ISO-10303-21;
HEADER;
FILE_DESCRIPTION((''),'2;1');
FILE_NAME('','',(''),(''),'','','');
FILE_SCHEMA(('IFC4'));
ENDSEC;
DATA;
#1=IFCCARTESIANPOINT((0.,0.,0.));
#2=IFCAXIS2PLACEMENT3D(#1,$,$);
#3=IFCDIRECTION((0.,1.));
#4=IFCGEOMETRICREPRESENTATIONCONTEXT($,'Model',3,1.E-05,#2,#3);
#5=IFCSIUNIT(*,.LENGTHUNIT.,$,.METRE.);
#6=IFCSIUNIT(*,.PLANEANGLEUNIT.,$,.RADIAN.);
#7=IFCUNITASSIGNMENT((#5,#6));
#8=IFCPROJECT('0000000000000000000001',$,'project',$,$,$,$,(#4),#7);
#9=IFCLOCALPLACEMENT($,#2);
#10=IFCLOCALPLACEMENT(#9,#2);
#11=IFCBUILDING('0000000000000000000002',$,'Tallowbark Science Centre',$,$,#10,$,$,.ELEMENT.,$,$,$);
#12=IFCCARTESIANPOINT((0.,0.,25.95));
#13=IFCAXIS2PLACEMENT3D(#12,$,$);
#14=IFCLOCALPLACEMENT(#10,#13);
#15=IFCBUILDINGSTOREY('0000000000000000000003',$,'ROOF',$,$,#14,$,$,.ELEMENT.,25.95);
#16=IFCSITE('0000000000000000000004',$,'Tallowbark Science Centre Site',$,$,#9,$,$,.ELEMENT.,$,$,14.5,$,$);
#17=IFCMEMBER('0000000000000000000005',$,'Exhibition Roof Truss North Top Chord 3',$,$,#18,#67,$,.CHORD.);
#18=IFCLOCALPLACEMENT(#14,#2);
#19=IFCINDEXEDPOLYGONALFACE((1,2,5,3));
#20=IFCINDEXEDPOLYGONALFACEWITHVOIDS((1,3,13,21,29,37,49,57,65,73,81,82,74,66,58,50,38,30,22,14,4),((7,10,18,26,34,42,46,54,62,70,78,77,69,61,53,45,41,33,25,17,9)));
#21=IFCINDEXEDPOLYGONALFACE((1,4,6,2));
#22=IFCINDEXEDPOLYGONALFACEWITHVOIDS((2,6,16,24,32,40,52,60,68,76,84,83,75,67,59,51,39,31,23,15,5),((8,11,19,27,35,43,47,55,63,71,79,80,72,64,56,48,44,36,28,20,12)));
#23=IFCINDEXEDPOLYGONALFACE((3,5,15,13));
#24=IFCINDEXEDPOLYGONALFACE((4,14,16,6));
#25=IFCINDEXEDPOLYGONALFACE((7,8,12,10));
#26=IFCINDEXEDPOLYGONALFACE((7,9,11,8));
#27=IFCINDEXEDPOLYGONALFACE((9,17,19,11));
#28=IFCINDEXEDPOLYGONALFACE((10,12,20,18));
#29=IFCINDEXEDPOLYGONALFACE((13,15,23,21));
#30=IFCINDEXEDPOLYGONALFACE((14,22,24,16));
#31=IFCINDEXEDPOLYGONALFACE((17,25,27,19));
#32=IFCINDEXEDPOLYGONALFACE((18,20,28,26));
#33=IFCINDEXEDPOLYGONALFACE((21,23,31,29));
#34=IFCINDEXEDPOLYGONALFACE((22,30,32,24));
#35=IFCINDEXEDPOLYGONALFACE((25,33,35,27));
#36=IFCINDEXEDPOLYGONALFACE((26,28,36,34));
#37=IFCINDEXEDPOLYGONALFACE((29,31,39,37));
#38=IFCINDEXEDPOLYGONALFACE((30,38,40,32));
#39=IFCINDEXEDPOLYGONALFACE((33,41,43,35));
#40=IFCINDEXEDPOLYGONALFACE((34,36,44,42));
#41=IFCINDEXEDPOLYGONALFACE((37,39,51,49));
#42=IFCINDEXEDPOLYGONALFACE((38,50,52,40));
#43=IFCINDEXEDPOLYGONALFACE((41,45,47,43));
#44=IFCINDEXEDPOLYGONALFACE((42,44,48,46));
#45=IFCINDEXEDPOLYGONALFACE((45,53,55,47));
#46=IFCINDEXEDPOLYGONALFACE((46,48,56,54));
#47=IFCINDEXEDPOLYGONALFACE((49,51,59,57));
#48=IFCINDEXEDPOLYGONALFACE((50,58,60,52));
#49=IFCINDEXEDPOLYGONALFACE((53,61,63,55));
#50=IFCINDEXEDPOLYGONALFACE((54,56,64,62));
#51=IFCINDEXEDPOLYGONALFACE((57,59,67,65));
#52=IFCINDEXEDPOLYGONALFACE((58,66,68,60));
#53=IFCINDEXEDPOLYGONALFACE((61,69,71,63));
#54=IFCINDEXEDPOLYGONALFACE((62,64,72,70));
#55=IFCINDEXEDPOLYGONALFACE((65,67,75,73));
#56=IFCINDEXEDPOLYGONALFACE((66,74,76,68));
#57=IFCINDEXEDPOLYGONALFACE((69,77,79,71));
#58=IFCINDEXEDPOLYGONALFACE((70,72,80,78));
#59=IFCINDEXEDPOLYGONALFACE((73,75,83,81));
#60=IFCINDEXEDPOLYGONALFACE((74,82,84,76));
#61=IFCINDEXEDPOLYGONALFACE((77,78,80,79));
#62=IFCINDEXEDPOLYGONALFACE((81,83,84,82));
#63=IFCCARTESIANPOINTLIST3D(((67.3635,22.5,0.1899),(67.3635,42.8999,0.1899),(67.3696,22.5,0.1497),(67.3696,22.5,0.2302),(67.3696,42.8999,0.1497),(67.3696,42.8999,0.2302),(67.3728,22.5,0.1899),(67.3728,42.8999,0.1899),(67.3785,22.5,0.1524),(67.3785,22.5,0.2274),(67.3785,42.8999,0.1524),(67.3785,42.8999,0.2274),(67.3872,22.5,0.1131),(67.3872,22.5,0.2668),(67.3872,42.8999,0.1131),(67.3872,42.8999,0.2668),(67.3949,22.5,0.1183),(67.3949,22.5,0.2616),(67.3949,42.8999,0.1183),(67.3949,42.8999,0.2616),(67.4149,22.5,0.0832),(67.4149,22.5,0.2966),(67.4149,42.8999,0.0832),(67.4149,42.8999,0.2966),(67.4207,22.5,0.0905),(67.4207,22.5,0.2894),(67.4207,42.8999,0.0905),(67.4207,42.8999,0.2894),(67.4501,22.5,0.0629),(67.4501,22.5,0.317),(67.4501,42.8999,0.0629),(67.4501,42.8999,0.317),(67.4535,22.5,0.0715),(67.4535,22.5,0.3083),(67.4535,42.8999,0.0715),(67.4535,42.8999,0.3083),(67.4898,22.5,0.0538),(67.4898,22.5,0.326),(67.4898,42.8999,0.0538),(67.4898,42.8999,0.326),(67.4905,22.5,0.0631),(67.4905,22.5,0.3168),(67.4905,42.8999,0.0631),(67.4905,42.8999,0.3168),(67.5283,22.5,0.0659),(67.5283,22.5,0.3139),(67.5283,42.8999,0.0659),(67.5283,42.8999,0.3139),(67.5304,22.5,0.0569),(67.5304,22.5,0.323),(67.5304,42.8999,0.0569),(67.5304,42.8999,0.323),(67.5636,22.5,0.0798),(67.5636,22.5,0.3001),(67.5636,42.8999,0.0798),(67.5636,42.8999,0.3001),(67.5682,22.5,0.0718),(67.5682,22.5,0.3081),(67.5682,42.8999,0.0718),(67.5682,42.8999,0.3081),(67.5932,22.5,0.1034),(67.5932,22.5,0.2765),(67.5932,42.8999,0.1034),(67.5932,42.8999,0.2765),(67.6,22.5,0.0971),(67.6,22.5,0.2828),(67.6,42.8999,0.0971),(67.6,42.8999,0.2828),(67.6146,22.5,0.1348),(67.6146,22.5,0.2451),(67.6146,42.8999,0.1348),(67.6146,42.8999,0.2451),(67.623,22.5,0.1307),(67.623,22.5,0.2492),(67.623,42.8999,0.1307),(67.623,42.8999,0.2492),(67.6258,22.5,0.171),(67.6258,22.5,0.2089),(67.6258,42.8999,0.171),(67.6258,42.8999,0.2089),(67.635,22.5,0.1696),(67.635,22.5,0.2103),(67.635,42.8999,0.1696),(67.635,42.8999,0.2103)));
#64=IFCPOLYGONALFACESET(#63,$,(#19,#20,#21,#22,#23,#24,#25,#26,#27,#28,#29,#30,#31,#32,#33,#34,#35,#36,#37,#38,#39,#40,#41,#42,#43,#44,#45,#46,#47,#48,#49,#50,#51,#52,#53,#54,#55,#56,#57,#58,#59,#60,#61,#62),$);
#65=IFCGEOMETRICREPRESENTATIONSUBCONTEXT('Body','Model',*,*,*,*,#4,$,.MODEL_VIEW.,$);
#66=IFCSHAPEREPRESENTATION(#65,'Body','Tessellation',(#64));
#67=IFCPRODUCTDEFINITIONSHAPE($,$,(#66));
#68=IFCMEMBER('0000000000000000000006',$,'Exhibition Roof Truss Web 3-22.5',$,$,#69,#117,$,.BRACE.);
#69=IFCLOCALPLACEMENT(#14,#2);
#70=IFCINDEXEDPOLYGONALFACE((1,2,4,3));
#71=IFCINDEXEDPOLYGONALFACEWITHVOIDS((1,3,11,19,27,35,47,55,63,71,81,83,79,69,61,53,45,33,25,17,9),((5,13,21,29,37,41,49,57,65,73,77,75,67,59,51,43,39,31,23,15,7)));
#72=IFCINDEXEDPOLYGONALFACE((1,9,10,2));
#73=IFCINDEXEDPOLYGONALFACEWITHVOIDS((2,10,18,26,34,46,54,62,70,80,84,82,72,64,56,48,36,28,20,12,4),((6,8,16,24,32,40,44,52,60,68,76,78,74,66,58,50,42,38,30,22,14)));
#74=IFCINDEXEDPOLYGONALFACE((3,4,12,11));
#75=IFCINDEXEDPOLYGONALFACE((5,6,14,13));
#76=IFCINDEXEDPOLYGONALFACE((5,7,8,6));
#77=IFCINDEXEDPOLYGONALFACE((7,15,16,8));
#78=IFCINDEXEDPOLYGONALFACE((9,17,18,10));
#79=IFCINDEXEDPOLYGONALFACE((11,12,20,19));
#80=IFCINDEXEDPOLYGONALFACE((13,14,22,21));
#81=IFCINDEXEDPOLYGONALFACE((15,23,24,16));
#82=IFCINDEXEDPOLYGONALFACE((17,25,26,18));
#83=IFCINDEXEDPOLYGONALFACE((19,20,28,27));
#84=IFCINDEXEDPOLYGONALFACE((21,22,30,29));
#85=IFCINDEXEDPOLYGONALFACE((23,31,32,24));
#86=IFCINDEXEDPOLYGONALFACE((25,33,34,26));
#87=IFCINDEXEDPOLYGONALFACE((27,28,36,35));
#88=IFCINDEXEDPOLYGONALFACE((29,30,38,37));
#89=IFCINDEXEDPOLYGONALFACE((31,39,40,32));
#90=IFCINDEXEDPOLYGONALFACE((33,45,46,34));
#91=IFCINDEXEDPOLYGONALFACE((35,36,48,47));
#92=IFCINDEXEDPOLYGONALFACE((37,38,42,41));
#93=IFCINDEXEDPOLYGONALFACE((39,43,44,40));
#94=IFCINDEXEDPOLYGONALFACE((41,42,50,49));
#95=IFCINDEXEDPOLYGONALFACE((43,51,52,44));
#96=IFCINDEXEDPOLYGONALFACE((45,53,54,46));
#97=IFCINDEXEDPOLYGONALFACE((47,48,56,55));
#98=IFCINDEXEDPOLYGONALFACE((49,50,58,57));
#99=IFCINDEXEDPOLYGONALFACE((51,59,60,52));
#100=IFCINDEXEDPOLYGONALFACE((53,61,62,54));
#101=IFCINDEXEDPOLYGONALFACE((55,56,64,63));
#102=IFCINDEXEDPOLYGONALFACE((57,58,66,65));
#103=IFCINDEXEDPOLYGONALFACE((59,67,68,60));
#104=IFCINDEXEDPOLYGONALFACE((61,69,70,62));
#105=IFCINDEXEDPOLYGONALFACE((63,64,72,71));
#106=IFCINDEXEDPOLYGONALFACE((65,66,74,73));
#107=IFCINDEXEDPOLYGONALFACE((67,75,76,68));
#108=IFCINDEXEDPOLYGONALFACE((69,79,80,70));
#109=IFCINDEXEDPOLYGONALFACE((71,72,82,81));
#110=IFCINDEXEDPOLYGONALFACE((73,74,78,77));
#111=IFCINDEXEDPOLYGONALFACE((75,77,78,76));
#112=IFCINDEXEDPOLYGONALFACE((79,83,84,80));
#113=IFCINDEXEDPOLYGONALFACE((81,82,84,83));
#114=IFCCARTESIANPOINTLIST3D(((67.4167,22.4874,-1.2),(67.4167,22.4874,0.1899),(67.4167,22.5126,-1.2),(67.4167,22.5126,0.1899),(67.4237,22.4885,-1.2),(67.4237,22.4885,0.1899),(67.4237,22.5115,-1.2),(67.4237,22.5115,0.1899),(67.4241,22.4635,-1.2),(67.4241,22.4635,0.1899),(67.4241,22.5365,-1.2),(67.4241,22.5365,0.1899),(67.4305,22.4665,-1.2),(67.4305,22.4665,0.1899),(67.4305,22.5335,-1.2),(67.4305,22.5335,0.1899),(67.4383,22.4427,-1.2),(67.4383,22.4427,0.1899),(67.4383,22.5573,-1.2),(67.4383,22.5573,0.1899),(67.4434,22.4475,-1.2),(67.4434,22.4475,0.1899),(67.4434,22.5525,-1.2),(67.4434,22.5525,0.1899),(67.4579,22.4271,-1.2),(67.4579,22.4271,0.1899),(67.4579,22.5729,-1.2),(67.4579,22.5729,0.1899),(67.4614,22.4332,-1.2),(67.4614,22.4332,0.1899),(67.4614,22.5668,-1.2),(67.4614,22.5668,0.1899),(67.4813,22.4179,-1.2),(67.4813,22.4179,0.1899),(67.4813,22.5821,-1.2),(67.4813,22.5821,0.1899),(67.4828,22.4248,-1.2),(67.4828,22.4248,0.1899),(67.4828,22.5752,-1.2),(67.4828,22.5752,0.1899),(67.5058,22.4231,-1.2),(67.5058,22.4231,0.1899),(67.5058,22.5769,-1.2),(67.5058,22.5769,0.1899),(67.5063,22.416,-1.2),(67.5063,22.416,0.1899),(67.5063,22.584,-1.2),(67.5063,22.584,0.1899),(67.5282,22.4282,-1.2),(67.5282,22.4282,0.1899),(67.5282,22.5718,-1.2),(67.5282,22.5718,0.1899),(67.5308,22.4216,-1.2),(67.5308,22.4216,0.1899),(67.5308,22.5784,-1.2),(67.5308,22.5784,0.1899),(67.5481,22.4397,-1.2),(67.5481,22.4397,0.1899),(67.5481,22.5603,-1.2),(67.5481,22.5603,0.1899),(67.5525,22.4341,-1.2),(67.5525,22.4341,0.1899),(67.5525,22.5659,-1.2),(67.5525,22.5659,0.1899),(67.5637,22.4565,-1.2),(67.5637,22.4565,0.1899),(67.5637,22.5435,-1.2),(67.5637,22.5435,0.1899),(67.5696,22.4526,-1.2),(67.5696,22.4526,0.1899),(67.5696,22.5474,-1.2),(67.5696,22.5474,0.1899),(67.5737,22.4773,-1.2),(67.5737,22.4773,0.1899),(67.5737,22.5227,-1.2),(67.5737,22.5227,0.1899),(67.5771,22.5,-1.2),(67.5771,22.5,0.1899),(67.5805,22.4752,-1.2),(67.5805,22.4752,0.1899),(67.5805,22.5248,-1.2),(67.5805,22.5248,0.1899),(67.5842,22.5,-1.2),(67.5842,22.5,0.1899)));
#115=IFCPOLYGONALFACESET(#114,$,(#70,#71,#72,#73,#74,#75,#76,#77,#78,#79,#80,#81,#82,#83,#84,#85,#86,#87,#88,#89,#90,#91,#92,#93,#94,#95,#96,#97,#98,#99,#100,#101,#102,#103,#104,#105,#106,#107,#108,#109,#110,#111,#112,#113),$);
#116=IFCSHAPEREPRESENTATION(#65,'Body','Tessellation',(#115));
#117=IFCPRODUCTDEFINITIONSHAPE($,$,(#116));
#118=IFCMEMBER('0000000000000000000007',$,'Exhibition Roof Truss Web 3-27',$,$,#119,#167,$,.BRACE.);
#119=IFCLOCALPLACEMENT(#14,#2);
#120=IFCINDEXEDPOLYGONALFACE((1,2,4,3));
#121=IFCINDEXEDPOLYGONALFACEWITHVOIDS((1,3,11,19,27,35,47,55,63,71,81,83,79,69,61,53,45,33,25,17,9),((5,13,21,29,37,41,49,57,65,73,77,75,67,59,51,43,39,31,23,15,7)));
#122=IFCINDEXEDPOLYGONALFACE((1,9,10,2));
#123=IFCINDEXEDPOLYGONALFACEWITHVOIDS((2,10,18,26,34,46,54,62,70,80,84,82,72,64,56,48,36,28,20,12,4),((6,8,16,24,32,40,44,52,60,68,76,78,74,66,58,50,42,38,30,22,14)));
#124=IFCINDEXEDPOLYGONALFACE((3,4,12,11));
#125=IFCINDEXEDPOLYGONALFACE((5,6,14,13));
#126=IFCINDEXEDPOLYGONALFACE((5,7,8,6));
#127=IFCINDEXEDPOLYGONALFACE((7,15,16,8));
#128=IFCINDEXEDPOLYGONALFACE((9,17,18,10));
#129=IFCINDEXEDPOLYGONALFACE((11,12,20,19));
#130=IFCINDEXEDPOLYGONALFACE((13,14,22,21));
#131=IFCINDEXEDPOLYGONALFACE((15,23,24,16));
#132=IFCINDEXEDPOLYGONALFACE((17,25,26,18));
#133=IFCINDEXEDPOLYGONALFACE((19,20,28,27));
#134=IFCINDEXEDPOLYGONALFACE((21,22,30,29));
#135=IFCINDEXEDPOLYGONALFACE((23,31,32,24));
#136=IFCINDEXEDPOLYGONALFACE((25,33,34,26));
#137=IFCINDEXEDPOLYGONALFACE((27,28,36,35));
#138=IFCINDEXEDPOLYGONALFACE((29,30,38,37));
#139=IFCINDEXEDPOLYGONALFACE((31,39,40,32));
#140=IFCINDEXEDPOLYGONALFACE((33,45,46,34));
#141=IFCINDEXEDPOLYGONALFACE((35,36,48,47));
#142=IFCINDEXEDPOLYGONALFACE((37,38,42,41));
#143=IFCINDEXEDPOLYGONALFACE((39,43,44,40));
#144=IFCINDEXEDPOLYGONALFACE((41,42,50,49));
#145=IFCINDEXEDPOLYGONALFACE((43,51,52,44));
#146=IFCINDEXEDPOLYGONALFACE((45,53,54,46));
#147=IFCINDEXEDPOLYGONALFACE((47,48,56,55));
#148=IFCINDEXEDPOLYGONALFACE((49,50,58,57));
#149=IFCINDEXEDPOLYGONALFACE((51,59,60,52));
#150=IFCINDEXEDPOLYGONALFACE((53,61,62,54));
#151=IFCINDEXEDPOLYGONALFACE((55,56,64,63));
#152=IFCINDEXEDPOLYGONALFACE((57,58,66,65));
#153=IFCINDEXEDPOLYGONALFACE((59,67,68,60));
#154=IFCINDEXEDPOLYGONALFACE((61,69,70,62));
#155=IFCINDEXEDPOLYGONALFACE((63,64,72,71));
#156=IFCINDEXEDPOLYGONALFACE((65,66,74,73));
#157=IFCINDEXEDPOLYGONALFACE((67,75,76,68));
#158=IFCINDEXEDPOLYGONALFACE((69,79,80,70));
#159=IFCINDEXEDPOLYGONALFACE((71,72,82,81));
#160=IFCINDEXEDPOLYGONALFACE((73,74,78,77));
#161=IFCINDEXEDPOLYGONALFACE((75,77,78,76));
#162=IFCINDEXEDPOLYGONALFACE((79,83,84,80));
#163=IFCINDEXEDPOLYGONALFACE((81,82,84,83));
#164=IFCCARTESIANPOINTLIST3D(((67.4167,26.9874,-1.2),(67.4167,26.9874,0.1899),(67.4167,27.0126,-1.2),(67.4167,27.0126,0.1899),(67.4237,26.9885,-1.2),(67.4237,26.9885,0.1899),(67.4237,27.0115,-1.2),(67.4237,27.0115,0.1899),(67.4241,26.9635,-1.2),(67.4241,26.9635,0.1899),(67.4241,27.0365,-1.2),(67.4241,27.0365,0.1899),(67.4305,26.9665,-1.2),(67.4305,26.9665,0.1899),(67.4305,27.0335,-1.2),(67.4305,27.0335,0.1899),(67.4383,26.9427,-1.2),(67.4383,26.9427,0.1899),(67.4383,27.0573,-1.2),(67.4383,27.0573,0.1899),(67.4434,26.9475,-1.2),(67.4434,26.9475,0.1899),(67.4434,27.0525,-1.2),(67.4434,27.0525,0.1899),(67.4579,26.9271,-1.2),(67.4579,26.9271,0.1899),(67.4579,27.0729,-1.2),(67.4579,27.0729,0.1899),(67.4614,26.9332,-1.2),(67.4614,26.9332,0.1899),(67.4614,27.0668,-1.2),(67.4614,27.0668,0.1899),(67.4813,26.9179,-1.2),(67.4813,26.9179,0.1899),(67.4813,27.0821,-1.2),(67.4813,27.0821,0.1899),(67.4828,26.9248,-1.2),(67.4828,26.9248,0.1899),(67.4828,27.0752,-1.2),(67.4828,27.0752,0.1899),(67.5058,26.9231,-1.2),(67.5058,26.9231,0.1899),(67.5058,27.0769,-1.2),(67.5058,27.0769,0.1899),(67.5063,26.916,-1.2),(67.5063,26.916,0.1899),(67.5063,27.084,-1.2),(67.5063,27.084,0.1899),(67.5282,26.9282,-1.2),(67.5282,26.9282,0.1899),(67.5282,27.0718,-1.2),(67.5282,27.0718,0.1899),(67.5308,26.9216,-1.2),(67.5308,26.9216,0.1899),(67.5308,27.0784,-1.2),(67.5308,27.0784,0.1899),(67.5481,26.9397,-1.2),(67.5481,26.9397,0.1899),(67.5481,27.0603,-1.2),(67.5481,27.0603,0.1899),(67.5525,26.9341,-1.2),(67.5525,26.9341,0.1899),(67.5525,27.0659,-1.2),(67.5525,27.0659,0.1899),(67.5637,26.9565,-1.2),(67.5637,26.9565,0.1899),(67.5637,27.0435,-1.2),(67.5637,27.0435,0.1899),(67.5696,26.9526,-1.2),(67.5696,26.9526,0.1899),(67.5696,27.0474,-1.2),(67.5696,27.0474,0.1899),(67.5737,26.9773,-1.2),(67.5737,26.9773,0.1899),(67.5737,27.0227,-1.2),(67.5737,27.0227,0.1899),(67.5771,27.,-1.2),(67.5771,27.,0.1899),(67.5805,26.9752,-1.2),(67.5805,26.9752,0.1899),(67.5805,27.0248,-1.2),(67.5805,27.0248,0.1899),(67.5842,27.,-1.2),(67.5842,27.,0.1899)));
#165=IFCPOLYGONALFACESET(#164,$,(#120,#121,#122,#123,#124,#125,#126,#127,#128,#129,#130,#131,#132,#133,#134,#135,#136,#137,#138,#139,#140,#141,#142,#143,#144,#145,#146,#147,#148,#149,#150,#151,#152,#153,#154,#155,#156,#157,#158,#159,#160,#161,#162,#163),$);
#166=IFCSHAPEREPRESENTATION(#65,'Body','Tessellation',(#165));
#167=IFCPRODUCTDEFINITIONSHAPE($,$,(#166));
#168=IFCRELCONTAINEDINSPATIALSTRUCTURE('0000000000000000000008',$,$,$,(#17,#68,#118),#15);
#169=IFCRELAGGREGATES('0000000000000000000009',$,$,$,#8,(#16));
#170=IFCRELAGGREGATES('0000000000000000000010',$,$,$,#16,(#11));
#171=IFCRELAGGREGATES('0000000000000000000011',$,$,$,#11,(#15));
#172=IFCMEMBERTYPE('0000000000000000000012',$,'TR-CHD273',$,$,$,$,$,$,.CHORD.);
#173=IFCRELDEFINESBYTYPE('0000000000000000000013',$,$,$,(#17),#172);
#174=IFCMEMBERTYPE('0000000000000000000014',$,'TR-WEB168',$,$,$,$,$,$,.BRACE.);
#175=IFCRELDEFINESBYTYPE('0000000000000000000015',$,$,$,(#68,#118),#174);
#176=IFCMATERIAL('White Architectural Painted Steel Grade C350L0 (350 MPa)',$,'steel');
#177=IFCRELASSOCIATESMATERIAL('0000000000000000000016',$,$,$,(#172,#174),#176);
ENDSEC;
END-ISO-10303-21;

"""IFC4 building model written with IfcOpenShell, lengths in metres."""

from ifc_helpers import new_model, si_unit, direction, frame, origin, origin_2d, place, context, subcontext, project, spatial, hollow_circle, extrude, material, material_profile, profile_set, type_object, element, save


model = new_model("IFC4")

# Units and contexts
model_context = context("Model", 3, precision=1e-05, world=origin(), true_north=direction((0.0, 1.0)))
body_context = subcontext(model_context, "Body", "Model", "MODEL_VIEW")
ifc_project = project(units=[si_unit("LENGTHUNIT", "METRE"), si_unit("PLANEANGLEUNIT", "RADIAN")], contexts=[model_context])

# Site, building, storey
site_placement = place(None, origin())
site = spatial("IfcSite", under=ifc_project, at=site_placement, Name="Tallowbark Science Centre Site", CompositionType="ELEMENT", RefElevation=14.5)
building_placement = place(site_placement, origin())
building = spatial("IfcBuilding", under=site, at=building_placement, Name="Tallowbark Science Centre", CompositionType="ELEMENT")
storey_placement = place(building_placement, frame((0.0, 0.0, 25.95)))
storey = spatial("IfcBuildingStorey", under=building, at=storey_placement, Name="ROOF", CompositionType="ELEMENT", Elevation=25.95)

# Members
ifc_material_1 = material(Name="White Architectural Painted Steel Grade C350L0 (350 MPa)", Category="steel")
ifc_material_profile_1 = material_profile(ifc_material_1, hollow_circle(Radius=0.1365, WallThickness=0.0093, at=origin_2d()), Name="273.1x9.3CHS")
ifc_profile_set_1 = profile_set([ifc_material_profile_1], Name="White Architectural Painted Steel Grade C350L0 (350 MPa)")
member_type_1 = type_object("IfcMemberType", Name="TR-CHD273", PredefinedType="CHORD", material=ifc_profile_set_1)
member_1_placement = place(storey_placement, frame((67.5, 22.5, 0.1899), z_axis=(0.0, 1.0, 0.0), x_axis=(-1.0, 0.0, 0.0)))
element("IfcMember", 1, at=member_1_placement, inside=storey, type_object=member_type_1, Name="Exhibition Roof Truss North Top Chord 3", PredefinedType="CHORD", context=body_context, shape_type="SweptSolid", body=[
    extrude(hollow_circle(Radius=0.1365, WallThickness=0.0093, at=origin_2d()), origin(), (0.0, 0.0, 1.0), 20.3999),
])
ifc_material_profile_2 = material_profile(ifc_material_1, hollow_circle(Radius=0.0842, WallThickness=0.0071, at=origin_2d()), Name="168.3x7.1CHS")
ifc_profile_set_2 = profile_set([ifc_material_profile_2], Name="White Architectural Painted Steel Grade C350L0 (350 MPa)")
member_type_2 = type_object("IfcMemberType", Name="TR-WEB168", PredefinedType="BRACE", material=ifc_profile_set_2)
for number, where, z_axis, x_axis, name in (
    (2, (67.5, 22.5, -1.2), (0.0, 0.0, 1.0), (1.0, 0.0, 0.0), "Exhibition Roof Truss Web 3-22.5"),
    (3, (67.5, 27.0, -1.2), (0.0, 0.0, 1.0), (1.0, 0.0, 0.0), "Exhibition Roof Truss Web 3-27"),
):
    element("IfcMember", number, at=place(storey_placement, frame(where, z_axis=z_axis, x_axis=x_axis)), inside=storey, type_object=member_type_2, Name=name, PredefinedType="BRACE", context=body_context, shape_type="SweptSolid", body=[
        extrude(hollow_circle(Radius=0.0842, WallThickness=0.0071, at=origin_2d()), origin(), (0.0, 0.0, 1.0), 1.3899),
    ])

save(model, "model.ifc")
